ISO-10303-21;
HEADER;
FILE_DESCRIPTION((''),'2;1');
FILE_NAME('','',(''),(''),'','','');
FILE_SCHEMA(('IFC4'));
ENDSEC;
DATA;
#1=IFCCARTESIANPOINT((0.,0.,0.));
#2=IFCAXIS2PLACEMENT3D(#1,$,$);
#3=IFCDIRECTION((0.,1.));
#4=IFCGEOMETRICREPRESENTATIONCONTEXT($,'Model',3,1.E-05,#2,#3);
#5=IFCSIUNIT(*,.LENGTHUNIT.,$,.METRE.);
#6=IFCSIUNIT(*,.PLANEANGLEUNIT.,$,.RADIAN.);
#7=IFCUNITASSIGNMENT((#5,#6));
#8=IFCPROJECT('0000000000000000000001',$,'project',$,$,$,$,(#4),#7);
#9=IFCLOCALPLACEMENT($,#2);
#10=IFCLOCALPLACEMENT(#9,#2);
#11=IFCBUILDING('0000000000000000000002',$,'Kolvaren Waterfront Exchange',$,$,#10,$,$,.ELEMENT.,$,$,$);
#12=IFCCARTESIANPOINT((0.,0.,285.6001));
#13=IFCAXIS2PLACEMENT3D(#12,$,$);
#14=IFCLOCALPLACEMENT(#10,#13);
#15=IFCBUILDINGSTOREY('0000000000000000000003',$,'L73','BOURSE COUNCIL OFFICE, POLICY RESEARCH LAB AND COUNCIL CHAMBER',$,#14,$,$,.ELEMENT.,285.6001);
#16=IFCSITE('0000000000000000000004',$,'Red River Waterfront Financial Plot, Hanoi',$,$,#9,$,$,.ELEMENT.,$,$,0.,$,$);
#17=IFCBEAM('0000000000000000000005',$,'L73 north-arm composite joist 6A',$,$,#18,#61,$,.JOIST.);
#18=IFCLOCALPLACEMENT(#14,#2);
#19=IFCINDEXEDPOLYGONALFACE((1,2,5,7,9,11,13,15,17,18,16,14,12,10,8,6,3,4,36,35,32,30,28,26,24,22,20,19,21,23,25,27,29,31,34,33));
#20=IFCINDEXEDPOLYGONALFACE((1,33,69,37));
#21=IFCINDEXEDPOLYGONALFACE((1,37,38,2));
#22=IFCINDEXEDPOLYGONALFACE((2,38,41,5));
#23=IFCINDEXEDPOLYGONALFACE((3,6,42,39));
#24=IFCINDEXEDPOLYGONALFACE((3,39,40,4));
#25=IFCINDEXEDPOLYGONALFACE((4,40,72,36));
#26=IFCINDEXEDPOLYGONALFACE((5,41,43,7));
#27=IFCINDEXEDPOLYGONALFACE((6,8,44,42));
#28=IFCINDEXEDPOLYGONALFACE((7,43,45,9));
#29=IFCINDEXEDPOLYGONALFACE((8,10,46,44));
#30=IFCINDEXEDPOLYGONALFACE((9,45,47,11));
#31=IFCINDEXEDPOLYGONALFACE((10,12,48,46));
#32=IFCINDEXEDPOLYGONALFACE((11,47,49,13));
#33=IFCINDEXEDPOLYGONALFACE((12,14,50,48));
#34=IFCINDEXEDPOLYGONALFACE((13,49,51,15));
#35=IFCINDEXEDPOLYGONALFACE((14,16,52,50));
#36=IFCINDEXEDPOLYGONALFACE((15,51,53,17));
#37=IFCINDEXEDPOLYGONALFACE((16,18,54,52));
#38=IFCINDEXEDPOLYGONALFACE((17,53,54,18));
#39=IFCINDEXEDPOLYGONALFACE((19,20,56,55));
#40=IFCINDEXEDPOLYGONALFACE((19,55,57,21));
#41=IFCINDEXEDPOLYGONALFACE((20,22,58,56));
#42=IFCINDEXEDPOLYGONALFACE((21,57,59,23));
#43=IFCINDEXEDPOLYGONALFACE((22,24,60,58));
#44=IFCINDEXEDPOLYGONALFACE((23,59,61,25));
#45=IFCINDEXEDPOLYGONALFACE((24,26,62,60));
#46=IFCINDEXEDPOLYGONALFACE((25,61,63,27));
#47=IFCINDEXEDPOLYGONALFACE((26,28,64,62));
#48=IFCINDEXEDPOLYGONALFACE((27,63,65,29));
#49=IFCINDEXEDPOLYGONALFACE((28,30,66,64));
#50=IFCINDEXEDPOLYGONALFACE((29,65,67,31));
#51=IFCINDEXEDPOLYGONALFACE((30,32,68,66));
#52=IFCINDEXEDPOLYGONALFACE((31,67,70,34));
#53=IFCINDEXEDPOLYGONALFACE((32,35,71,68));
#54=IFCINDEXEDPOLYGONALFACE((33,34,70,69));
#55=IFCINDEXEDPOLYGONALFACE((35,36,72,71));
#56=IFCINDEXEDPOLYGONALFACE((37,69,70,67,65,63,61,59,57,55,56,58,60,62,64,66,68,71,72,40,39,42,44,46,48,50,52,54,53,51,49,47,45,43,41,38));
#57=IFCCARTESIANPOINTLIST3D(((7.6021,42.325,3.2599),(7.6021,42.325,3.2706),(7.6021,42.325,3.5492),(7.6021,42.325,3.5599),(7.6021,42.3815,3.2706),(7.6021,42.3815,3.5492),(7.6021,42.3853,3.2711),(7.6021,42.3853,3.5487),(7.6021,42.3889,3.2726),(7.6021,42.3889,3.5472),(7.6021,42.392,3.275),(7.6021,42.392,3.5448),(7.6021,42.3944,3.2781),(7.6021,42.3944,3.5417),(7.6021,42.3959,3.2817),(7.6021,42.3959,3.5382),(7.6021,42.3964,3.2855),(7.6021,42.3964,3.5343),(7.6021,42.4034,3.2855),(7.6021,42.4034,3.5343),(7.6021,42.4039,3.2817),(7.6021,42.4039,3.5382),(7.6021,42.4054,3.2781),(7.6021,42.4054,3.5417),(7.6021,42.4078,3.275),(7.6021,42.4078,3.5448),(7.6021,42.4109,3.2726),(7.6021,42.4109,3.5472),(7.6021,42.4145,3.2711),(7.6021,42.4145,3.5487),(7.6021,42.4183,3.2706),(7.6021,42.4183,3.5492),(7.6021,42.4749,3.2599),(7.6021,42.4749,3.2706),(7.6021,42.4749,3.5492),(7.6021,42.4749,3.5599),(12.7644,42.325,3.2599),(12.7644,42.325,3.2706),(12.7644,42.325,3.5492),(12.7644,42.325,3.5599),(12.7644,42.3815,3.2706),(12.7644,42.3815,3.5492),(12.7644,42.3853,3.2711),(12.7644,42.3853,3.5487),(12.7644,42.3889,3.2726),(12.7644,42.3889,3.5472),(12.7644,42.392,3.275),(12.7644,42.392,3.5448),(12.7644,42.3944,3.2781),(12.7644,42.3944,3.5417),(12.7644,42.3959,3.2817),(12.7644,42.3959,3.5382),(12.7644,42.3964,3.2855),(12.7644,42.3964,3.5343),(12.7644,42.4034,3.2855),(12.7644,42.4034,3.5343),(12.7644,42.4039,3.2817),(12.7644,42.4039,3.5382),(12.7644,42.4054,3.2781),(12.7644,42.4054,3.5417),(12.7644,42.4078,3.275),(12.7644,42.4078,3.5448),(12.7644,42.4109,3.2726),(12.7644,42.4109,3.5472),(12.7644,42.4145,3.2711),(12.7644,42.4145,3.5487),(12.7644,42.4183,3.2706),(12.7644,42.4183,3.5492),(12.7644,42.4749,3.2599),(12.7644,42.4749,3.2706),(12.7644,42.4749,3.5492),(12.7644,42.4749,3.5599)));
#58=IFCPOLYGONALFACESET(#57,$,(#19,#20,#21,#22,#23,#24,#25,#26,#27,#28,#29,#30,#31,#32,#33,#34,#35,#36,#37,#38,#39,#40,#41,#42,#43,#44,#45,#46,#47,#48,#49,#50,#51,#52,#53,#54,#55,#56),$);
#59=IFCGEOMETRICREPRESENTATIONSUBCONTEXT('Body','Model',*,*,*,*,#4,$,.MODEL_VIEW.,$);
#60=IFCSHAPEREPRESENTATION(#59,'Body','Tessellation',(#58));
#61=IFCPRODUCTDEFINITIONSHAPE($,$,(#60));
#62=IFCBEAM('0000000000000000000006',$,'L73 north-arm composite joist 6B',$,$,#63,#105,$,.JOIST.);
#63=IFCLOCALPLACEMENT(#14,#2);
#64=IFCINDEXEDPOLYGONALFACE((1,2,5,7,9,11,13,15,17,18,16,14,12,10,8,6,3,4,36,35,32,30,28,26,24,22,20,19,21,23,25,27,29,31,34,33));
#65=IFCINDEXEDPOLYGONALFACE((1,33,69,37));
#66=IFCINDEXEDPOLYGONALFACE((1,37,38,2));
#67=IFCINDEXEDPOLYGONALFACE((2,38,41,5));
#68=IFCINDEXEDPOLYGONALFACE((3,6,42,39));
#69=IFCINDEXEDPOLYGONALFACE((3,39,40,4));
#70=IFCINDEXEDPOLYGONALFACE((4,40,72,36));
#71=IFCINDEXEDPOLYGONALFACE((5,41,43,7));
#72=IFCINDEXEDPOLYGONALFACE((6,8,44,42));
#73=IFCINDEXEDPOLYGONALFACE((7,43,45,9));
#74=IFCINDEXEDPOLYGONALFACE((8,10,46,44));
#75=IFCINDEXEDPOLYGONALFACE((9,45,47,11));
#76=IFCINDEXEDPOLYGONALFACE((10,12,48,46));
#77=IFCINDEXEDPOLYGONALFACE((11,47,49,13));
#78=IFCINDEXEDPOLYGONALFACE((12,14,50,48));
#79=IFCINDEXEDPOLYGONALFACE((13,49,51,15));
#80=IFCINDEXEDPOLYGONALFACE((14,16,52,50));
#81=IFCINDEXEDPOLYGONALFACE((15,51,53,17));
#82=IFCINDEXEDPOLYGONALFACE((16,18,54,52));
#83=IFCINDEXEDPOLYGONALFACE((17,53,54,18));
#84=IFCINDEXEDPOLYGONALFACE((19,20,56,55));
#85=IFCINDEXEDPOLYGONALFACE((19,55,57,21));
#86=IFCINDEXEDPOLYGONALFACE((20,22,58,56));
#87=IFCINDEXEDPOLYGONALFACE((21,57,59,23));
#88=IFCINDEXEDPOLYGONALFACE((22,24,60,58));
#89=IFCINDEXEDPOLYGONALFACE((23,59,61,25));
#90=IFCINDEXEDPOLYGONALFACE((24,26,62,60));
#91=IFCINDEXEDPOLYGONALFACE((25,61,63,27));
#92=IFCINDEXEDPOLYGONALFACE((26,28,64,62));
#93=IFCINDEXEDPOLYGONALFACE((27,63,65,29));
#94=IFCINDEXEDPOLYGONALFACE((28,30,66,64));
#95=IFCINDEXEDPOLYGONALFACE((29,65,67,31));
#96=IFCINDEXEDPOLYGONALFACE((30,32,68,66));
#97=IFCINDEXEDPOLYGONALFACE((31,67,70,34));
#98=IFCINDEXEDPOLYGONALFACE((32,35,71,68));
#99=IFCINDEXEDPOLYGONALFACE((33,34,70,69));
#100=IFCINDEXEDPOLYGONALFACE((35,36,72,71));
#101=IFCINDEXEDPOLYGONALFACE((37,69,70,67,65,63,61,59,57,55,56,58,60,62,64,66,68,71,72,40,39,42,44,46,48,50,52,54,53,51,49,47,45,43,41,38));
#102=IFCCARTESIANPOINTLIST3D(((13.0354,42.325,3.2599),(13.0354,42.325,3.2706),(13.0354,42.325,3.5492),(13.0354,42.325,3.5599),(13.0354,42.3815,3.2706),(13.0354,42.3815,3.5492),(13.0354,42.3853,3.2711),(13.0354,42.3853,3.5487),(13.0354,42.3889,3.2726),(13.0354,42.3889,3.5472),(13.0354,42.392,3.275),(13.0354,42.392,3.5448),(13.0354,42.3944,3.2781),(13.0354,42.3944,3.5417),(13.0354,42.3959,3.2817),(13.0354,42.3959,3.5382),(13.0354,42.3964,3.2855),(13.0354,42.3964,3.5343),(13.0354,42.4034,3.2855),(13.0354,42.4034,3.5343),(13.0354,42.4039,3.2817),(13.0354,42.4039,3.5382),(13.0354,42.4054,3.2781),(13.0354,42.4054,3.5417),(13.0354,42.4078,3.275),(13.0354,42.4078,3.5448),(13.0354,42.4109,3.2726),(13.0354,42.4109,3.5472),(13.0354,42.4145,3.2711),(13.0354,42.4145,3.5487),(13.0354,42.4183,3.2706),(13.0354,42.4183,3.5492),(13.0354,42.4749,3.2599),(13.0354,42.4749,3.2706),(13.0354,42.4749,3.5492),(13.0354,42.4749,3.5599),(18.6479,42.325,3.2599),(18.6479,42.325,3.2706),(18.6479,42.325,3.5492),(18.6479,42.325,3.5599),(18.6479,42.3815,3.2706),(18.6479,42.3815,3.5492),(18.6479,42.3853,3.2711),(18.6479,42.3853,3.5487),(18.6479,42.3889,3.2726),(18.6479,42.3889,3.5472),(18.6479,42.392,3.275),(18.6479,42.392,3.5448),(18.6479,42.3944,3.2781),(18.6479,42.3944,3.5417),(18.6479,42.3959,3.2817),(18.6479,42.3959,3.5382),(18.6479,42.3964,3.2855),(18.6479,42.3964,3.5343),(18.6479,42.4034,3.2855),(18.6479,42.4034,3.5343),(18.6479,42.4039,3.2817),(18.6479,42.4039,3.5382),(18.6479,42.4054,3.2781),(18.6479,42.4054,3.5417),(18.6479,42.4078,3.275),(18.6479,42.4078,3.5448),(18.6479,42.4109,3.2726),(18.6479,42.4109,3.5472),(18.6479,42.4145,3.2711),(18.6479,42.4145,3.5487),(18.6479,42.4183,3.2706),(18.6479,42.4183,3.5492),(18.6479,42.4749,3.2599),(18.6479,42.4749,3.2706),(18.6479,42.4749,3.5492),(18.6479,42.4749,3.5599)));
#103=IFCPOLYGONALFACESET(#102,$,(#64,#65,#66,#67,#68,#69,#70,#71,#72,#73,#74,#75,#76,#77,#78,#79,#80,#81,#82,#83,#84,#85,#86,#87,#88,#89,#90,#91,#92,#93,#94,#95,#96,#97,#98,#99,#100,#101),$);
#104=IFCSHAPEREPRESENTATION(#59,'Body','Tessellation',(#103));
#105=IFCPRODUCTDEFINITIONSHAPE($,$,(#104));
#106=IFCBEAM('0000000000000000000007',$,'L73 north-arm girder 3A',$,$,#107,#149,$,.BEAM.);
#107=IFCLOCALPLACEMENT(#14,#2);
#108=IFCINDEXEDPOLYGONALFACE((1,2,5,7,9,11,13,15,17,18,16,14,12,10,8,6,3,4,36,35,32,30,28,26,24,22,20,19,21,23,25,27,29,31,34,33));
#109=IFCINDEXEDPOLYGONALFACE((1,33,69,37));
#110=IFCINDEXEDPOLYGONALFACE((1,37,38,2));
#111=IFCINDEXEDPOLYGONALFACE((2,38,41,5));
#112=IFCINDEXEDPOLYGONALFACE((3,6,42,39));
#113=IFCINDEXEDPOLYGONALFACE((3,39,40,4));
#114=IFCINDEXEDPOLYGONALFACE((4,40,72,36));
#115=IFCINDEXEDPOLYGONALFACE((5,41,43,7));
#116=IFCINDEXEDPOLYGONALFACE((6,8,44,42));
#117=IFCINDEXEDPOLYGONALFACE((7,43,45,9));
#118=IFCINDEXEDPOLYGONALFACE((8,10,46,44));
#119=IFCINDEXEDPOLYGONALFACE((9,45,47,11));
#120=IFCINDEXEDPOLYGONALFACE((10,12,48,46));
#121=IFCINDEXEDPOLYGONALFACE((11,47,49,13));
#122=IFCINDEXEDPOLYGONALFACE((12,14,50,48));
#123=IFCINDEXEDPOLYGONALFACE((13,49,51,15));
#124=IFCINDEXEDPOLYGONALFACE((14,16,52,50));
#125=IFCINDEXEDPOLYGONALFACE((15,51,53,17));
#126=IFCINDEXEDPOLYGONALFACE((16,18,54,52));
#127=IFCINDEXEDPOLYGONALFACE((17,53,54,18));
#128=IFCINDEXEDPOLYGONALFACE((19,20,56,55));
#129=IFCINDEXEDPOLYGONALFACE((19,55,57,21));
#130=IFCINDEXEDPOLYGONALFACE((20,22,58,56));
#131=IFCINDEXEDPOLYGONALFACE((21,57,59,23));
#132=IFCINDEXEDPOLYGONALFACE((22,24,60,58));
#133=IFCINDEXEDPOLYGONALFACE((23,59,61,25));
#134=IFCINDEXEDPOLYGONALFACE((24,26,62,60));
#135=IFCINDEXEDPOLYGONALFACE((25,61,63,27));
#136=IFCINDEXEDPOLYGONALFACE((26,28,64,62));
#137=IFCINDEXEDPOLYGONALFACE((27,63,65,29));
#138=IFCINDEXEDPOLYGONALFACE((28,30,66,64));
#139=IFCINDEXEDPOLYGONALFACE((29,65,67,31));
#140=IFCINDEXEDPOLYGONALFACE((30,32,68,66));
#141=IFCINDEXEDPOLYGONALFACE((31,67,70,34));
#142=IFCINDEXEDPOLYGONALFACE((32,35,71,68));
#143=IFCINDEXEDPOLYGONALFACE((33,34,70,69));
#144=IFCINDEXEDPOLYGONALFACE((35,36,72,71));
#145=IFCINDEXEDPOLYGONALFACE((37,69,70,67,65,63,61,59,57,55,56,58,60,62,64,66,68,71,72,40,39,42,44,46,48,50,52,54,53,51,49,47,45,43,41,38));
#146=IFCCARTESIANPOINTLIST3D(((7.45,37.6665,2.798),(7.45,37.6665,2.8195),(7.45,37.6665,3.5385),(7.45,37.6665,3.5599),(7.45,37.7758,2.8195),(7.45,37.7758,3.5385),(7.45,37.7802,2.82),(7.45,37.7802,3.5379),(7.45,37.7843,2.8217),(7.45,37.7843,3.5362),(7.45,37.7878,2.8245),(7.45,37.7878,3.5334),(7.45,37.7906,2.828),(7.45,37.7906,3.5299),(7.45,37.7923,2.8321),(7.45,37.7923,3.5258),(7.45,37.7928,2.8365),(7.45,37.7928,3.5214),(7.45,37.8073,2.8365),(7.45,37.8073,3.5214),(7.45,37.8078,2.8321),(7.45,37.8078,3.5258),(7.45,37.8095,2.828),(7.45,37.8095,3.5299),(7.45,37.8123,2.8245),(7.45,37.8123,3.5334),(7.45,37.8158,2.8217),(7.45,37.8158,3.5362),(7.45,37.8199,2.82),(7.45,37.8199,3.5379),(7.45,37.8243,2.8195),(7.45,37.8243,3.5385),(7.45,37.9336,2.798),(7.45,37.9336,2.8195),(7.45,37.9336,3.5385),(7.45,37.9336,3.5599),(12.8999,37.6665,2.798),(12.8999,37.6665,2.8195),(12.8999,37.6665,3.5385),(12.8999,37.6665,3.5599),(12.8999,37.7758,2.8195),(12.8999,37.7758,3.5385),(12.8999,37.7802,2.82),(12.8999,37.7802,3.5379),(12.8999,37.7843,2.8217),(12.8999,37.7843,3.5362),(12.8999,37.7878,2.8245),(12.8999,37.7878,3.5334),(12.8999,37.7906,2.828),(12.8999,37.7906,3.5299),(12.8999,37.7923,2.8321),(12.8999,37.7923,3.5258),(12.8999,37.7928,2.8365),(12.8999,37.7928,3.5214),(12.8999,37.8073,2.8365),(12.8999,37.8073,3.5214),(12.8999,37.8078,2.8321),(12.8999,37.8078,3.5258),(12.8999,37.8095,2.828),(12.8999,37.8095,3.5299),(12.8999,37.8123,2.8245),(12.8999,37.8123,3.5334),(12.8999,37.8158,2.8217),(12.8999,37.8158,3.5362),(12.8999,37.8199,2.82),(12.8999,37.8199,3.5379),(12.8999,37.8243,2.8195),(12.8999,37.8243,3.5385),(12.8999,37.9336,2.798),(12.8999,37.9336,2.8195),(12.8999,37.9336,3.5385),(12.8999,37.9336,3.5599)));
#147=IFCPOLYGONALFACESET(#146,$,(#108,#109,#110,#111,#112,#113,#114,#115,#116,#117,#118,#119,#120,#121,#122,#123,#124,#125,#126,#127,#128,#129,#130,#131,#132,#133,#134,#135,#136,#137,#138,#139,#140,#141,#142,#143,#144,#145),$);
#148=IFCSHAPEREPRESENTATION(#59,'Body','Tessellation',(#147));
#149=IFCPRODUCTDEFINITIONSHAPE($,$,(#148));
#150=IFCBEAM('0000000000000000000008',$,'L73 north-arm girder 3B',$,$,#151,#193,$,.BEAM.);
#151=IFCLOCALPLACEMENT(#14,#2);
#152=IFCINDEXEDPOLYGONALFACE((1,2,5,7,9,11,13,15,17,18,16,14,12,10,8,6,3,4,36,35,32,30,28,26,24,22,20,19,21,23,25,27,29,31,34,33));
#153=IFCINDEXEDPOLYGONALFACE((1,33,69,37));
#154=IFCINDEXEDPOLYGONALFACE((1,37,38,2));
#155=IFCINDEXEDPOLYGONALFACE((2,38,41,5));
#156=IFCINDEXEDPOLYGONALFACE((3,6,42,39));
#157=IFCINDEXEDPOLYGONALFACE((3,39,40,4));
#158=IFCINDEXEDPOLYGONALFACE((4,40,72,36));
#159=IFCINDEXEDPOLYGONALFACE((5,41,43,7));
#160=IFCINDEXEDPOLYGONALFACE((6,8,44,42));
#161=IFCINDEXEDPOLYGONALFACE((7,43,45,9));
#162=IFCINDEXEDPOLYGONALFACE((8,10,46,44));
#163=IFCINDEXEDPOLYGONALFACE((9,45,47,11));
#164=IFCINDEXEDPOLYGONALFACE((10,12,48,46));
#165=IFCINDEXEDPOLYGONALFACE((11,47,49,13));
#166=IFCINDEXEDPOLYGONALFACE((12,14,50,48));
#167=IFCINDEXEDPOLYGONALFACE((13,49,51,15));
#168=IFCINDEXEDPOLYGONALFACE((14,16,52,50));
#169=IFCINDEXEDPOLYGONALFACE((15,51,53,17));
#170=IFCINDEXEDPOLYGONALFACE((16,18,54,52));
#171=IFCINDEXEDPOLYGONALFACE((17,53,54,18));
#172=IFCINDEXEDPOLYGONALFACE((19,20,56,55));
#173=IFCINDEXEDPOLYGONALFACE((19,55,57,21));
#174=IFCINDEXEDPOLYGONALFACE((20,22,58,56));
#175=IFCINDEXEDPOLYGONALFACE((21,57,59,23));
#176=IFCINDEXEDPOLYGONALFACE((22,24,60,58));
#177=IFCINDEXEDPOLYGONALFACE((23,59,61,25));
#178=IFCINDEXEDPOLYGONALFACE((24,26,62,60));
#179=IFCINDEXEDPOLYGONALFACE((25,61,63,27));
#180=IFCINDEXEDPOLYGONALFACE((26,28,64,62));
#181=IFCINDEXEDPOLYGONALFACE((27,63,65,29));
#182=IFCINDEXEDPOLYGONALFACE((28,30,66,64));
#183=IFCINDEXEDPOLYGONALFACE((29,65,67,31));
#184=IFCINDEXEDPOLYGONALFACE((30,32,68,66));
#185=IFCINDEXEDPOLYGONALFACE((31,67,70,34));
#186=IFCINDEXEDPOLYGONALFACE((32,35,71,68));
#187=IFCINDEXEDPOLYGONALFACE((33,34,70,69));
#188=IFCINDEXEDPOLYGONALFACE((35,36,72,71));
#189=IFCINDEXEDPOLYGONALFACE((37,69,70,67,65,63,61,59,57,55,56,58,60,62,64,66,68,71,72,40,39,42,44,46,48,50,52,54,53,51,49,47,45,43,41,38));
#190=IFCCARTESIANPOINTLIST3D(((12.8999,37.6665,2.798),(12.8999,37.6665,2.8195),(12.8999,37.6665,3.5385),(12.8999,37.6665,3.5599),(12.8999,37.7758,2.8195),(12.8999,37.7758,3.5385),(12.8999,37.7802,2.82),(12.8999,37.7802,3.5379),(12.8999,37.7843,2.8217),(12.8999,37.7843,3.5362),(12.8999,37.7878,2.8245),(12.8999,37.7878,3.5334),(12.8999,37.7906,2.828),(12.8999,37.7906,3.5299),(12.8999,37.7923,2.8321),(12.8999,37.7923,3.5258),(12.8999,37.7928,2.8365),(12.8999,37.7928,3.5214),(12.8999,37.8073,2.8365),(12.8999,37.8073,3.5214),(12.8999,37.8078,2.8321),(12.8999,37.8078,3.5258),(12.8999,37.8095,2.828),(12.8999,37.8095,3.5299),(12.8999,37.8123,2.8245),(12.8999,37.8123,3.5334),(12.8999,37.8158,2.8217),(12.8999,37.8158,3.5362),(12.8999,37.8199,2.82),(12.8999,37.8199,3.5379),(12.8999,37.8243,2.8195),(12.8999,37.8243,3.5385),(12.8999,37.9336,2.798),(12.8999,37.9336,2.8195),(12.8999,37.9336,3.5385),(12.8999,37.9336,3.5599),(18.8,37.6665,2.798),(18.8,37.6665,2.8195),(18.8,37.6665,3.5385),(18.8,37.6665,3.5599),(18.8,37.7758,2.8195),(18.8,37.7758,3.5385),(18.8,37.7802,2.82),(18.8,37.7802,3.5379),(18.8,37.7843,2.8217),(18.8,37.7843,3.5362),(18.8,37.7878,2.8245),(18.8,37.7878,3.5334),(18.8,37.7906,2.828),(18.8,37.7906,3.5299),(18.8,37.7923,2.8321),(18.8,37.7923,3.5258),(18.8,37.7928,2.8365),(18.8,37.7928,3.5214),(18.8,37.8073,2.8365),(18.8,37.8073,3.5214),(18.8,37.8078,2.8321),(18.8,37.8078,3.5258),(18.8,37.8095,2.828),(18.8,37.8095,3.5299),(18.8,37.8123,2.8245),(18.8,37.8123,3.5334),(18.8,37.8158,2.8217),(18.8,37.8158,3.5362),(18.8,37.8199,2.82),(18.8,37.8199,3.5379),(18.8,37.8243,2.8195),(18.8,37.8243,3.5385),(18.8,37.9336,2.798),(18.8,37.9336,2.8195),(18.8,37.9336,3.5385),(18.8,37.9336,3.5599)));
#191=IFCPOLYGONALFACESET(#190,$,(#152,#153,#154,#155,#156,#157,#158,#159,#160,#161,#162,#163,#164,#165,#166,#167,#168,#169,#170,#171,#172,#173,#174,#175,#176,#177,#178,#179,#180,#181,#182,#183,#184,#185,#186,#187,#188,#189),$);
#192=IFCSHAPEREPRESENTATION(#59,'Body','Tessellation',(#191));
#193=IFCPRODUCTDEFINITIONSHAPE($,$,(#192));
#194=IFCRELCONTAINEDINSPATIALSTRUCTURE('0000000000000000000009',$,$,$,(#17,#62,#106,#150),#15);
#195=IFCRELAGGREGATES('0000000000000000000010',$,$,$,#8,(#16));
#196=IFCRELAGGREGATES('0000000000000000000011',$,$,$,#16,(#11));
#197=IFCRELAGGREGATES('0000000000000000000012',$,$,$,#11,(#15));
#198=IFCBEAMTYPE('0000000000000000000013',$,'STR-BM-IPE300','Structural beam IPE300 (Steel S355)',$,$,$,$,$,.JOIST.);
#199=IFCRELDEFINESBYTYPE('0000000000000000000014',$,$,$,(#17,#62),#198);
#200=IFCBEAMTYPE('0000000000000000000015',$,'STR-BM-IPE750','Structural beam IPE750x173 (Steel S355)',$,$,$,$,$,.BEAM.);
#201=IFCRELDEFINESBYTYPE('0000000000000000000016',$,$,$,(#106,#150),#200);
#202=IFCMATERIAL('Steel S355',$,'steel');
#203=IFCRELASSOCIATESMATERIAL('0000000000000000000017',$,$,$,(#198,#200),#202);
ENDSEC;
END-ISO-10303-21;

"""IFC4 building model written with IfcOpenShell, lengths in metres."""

from ifc_helpers import new_model, si_unit, direction, frame, origin, origin_2d, place, context, subcontext, project, spatial, i_section, extrude, material, material_profile, profile_set, type_object, element, save


model = new_model("IFC4")

# Units and contexts
model_context = context("Model", 3, precision=1e-05, world=origin(), true_north=direction((0.0, 1.0)))
body_context = subcontext(model_context, "Body", "Model", "MODEL_VIEW")
ifc_project = project(units=[si_unit("LENGTHUNIT", "METRE"), si_unit("PLANEANGLEUNIT", "RADIAN")], contexts=[model_context])

# Site, building, storey
site_placement = place(None, origin())
site = spatial("IfcSite", under=ifc_project, at=site_placement, Name="Red River Waterfront Financial Plot, Hanoi", CompositionType="ELEMENT", RefElevation=0.0)
building_placement = place(site_placement, origin())
building = spatial("IfcBuilding", under=site, at=building_placement, Name="Kolvaren Waterfront Exchange", CompositionType="ELEMENT")
storey_placement = place(building_placement, frame((0.0, 0.0, 285.6001)))
storey = spatial("IfcBuildingStorey", under=building, at=storey_placement, Name="L73", Description="BOURSE COUNCIL OFFICE, POLICY RESEARCH LAB AND COUNCIL CHAMBER", CompositionType="ELEMENT", Elevation=285.6001)

# Beams
ifc_material_1 = material(Name="Steel S355", Category="steel")
ifc_material_profile_1 = material_profile(ifc_material_1, i_section(OverallWidth=0.1499, OverallDepth=0.3, WebThickness=0.0071, FlangeThickness=0.0107, FilletRadius=0.0149, at=origin_2d()), Name="IPE300")
ifc_profile_set_1 = profile_set([ifc_material_profile_1], Name="Steel S355")
beam_type_1 = type_object("IfcBeamType", Name="STR-BM-IPE300", Description="Structural beam IPE300 (Steel S355)", PredefinedType="JOIST", material=ifc_profile_set_1)
beam_1_placement = place(storey_placement, frame((7.6021, 42.3999, 3.4099), z_axis=(1.0, 0.0, 0.0), x_axis=(0.0, 1.0, 0.0)))
element("IfcBeam", 1, at=beam_1_placement, inside=storey, type_object=beam_type_1, Name="L73 north-arm composite joist 6A", PredefinedType="JOIST", context=body_context, shape_type="SweptSolid", body=[
    extrude(i_section(OverallWidth=0.1499, OverallDepth=0.3, WebThickness=0.0071, FlangeThickness=0.0107, FilletRadius=0.0149, at=origin_2d()), origin(), (0.0, 0.0, 1.0), 5.1624),
])
beam_2_placement = place(storey_placement, frame((13.0354, 42.3999, 3.4099), z_axis=(1.0, 0.0, 0.0), x_axis=(0.0, 1.0, 0.0)))
element("IfcBeam", 2, at=beam_2_placement, inside=storey, type_object=beam_type_1, Name="L73 north-arm composite joist 6B", PredefinedType="JOIST", context=body_context, shape_type="SweptSolid", body=[
    extrude(i_section(OverallWidth=0.1499, OverallDepth=0.3, WebThickness=0.0071, FlangeThickness=0.0107, FilletRadius=0.0149, at=origin_2d()), origin(), (0.0, 0.0, 1.0), 5.6125),
])
ifc_material_profile_2 = material_profile(ifc_material_1, i_section(OverallWidth=0.2671, OverallDepth=0.762, WebThickness=0.0144, FlangeThickness=0.0215, FilletRadius=0.0171, at=origin_2d()), Name="IPE750x173")
ifc_profile_set_2 = profile_set([ifc_material_profile_2], Name="Steel S355")
beam_type_2 = type_object("IfcBeamType", Name="STR-BM-IPE750", Description="Structural beam IPE750x173 (Steel S355)", PredefinedType="BEAM", material=ifc_profile_set_2)
beam_3_placement = place(storey_placement, frame((7.45, 37.8, 3.179), z_axis=(1.0, 0.0, 0.0), x_axis=(0.0, 1.0, 0.0)))
element("IfcBeam", 3, at=beam_3_placement, inside=storey, type_object=beam_type_2, Name="L73 north-arm girder 3A", PredefinedType="BEAM", context=body_context, shape_type="SweptSolid", body=[
    extrude(i_section(OverallWidth=0.2671, OverallDepth=0.762, WebThickness=0.0144, FlangeThickness=0.0215, FilletRadius=0.0171, at=origin_2d()), origin(), (0.0, 0.0, 1.0), 5.45),
])
beam_4_placement = place(storey_placement, frame((12.8999, 37.8, 3.179), z_axis=(1.0, 0.0, 0.0), x_axis=(0.0, 1.0, 0.0)))
element("IfcBeam", 4, at=beam_4_placement, inside=storey, type_object=beam_type_2, Name="L73 north-arm girder 3B", PredefinedType="BEAM", context=body_context, shape_type="SweptSolid", body=[
    extrude(i_section(OverallWidth=0.2671, OverallDepth=0.762, WebThickness=0.0144, FlangeThickness=0.0215, FilletRadius=0.0171, at=origin_2d()), origin(), (0.0, 0.0, 1.0), 5.9001),
])

save(model, "model.ifc")
